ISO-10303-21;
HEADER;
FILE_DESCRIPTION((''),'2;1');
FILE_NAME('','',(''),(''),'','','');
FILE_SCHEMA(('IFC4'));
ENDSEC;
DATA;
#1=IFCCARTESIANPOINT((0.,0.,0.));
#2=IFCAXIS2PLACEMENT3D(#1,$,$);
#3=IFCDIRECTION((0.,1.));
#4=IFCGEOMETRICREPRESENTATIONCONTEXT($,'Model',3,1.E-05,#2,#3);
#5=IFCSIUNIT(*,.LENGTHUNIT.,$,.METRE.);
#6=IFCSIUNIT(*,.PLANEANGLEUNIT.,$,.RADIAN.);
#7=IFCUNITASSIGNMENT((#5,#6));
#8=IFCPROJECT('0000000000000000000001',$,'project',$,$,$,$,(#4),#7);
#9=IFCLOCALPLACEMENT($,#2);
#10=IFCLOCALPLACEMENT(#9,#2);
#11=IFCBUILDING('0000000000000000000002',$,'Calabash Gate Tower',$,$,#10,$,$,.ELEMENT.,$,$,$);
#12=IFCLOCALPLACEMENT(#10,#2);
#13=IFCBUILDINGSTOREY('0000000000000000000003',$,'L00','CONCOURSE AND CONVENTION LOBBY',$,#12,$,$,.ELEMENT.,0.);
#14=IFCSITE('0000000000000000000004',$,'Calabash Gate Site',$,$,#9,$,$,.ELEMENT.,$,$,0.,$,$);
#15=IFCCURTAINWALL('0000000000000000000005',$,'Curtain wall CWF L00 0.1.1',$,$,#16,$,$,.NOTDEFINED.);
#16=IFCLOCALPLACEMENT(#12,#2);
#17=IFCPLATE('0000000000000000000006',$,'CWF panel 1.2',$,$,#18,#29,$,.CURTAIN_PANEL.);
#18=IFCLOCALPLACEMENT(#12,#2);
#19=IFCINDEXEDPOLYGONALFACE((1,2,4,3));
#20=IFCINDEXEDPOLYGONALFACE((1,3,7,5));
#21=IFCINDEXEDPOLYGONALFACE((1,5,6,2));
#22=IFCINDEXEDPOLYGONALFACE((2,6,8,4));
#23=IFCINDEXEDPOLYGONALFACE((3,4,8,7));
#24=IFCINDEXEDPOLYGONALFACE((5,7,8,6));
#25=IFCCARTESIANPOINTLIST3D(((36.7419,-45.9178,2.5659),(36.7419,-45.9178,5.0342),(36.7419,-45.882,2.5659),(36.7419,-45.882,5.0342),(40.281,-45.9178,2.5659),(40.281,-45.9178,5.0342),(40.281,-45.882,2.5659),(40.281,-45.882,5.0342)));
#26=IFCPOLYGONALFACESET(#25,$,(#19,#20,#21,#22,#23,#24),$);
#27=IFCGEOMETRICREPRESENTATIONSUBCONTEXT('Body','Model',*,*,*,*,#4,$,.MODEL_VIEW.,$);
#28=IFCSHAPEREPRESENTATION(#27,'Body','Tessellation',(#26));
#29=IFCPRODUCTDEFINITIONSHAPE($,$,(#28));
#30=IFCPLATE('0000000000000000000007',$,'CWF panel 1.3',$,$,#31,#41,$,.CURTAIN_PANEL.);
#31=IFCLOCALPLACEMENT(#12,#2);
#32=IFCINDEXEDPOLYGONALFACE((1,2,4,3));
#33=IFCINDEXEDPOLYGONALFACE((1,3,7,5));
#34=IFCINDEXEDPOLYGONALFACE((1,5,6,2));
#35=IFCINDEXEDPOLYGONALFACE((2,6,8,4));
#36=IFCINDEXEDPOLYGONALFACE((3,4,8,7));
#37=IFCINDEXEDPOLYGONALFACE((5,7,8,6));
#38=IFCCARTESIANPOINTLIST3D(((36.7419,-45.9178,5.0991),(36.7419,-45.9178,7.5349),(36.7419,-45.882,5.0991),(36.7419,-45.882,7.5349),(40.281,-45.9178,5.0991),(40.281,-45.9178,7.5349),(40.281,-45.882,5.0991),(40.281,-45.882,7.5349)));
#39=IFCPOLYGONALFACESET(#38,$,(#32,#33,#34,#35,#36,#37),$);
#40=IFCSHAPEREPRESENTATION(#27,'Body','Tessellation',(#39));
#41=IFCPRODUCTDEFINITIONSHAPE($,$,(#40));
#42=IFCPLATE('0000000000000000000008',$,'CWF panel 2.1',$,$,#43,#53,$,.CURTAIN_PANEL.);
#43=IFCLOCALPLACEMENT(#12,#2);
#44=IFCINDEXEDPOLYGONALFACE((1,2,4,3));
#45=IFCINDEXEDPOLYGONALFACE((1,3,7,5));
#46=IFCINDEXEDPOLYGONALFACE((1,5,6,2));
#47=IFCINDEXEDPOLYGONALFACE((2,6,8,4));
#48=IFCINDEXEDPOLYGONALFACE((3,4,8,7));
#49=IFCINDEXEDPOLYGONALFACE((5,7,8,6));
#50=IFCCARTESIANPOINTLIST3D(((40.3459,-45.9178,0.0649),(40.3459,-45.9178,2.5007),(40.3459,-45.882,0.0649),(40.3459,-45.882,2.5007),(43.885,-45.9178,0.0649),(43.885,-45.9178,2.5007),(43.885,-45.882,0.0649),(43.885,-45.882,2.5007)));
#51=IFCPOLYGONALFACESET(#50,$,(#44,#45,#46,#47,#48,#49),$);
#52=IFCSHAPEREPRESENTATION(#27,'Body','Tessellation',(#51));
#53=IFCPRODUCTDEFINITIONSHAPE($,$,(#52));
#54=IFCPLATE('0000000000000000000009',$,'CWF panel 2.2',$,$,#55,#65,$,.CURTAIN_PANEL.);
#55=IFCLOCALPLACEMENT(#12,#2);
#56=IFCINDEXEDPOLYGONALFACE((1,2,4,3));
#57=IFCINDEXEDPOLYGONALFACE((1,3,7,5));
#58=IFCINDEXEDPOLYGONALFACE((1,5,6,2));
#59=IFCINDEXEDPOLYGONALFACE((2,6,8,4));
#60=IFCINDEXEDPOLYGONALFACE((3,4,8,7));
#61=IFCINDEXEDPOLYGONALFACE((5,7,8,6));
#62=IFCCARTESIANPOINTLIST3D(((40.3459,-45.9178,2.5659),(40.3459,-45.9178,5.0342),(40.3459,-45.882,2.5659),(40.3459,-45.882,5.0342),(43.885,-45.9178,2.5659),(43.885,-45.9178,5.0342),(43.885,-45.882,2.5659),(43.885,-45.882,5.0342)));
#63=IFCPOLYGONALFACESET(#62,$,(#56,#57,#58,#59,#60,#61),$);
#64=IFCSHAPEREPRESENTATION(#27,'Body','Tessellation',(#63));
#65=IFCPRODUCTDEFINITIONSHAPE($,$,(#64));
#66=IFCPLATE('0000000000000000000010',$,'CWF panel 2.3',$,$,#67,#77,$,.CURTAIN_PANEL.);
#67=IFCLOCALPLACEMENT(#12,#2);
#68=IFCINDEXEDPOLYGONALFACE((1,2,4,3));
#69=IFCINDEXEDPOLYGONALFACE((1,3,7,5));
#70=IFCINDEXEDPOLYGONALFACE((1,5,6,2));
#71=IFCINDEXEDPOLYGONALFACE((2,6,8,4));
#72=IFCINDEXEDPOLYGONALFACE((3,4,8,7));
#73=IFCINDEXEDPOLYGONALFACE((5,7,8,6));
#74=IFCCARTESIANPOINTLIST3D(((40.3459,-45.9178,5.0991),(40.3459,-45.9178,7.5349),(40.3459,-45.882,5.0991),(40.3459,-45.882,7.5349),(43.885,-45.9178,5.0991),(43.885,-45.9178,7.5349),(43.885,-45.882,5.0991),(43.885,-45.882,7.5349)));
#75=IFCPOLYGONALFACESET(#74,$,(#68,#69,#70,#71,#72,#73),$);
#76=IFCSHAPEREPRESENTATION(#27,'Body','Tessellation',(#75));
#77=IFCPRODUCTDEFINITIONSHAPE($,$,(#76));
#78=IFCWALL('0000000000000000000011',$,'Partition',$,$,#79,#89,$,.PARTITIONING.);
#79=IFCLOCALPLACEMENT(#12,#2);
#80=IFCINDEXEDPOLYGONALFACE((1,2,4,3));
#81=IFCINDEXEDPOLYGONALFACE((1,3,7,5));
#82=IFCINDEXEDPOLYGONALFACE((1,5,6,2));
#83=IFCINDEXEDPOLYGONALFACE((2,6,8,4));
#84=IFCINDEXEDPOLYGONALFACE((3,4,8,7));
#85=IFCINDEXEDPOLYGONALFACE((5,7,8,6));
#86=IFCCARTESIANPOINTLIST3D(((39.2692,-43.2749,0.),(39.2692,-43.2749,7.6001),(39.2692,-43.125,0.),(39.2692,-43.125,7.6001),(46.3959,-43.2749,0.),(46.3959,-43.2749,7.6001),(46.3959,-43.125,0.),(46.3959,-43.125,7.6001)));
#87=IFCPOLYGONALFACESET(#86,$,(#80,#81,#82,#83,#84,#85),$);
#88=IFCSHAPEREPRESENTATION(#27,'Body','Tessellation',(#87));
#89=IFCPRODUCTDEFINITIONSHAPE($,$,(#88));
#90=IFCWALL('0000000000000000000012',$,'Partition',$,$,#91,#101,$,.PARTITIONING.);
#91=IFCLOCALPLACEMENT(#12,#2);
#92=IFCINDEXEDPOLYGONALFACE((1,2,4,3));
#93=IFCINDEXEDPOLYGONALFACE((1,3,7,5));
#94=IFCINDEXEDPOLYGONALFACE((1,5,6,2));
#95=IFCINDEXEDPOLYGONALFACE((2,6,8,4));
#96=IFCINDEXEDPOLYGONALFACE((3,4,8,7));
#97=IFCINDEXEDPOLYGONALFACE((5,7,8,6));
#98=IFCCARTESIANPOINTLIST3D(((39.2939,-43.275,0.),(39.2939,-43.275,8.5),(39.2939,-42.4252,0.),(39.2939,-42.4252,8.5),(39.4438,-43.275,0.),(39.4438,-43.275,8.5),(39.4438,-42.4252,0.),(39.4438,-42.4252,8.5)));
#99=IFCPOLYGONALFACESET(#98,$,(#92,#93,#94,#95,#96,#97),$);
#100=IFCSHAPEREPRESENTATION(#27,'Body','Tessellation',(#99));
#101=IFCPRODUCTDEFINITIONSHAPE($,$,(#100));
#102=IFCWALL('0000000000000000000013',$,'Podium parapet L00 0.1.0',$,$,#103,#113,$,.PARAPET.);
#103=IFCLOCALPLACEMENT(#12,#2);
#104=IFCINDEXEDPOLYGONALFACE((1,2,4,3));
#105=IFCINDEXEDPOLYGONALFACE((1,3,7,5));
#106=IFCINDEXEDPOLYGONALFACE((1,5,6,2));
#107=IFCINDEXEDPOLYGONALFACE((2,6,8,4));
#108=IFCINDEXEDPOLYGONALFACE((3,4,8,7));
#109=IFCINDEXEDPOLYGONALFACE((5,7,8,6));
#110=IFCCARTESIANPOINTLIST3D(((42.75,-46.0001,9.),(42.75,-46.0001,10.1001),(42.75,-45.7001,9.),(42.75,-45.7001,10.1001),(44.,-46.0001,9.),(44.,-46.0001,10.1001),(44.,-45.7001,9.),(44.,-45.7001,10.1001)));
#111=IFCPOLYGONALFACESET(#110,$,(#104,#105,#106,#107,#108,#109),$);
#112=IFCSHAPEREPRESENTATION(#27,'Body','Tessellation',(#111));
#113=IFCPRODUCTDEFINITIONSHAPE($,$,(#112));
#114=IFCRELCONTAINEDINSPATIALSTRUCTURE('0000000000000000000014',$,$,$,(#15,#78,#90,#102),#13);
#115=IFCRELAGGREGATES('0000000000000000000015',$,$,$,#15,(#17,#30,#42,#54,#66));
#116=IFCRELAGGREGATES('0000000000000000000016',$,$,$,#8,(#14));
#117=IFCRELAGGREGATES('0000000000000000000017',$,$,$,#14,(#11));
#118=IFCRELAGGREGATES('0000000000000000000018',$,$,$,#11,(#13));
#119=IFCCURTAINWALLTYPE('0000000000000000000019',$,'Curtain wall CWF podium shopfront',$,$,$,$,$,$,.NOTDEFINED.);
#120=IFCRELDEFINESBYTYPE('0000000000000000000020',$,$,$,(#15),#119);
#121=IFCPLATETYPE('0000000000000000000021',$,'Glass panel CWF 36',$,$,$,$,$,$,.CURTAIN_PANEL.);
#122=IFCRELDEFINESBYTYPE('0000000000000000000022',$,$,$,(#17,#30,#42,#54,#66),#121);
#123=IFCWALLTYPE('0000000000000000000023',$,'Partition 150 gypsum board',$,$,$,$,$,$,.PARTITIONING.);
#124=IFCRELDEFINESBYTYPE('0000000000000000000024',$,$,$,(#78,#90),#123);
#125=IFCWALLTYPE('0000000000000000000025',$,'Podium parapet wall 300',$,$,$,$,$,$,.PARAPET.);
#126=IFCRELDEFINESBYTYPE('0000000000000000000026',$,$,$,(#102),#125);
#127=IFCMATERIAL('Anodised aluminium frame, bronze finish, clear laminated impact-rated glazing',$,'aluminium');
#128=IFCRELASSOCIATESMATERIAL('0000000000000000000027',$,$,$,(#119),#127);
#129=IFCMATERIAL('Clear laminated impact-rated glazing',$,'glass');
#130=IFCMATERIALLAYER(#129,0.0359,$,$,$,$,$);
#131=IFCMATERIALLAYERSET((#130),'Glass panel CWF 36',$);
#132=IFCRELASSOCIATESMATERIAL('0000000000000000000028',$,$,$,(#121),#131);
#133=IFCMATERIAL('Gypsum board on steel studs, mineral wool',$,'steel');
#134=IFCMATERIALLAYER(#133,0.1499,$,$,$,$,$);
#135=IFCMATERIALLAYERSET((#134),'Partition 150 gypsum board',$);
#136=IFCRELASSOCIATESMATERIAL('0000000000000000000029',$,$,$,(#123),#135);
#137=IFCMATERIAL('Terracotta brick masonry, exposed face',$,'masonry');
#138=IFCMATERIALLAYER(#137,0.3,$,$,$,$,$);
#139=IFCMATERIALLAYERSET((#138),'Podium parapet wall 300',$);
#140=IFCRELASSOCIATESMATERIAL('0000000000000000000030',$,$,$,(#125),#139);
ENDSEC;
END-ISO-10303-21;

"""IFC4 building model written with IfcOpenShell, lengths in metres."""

from ifc_helpers import new_model, si_unit, direction, frame, frame_2d, origin, origin_2d, place, context, subcontext, project, spatial, rectangle, extrude, material, layer, layer_set, type_object, element, aggregate, save


model = new_model("IFC4")

# Units and contexts
model_context = context("Model", 3, precision=1e-05, world=origin(), true_north=direction((0.0, 1.0)))
body_context = subcontext(model_context, "Body", "Model", "MODEL_VIEW")
ifc_project = project(units=[si_unit("LENGTHUNIT", "METRE"), si_unit("PLANEANGLEUNIT", "RADIAN")], contexts=[model_context])

# Site, building, storey
site_placement = place(None, origin())
site = spatial("IfcSite", under=ifc_project, at=site_placement, Name="Calabash Gate Site", CompositionType="ELEMENT", RefElevation=0.0)
building_placement = place(site_placement, origin())
building = spatial("IfcBuilding", under=site, at=building_placement, Name="Calabash Gate Tower", CompositionType="ELEMENT")
storey_placement = place(building_placement, origin())
storey = spatial("IfcBuildingStorey", under=building, at=storey_placement, Name="L00", Description="CONCOURSE AND CONVENTION LOBBY", CompositionType="ELEMENT", Elevation=0.0)

# Curtain wall
ifc_material_1 = material(Name="Anodised aluminium frame, bronze finish, clear laminated impact-rated glazing", Category="aluminium")
curtain_wall_type = type_object("IfcCurtainWallType", Name="Curtain wall CWF podium shopfront", PredefinedType="NOTDEFINED", material=ifc_material_1)
curtain_wall_placement = place(storey_placement, origin())
curtain_wall = element("IfcCurtainWall", 1, at=curtain_wall_placement, inside=storey, type_object=curtain_wall_type, Name="Curtain wall CWF L00 0.1.1", PredefinedType="NOTDEFINED")

# Plates
ifc_material_2 = material(Name="Clear laminated impact-rated glazing", Category="glass")
ifc_layer_1 = layer(ifc_material_2, 0.0359)
ifc_layer_set_1 = layer_set([ifc_layer_1], Name="Glass panel CWF 36")
plate_type = type_object("IfcPlateType", Name="Glass panel CWF 36", PredefinedType="CURTAIN_PANEL", material=ifc_layer_set_1)
plate_1_placement = place(storey_placement, frame((38.5115, -45.8999, 2.5659), z_axis=(0.0, 0.0, 1.0), x_axis=(1.0, 0.0, 0.0)))
plate_1 = element("IfcPlate", 2, at=plate_1_placement, type_object=plate_type, Name="CWF panel 1.2", PredefinedType="CURTAIN_PANEL", context=body_context, shape_type="SweptSolid", body=[
    extrude(rectangle(XDim=3.5391, YDim=0.0359, at=origin_2d()), origin(), (0.0, 0.0, 1.0), 2.4683),
])
plate_2_placement = place(storey_placement, frame((38.5115, -45.8999, 5.0991), z_axis=(0.0, 0.0, 1.0), x_axis=(1.0, 0.0, 0.0)))
plate_2 = element("IfcPlate", 3, at=plate_2_placement, type_object=plate_type, Name="CWF panel 1.3", PredefinedType="CURTAIN_PANEL", context=body_context, shape_type="SweptSolid", body=[
    extrude(rectangle(XDim=3.5391, YDim=0.0359, at=origin_2d()), origin(), (0.0, 0.0, 1.0), 2.4358),
])
plate_3_placement = place(storey_placement, frame((42.1155, -45.8999, 0.0649), z_axis=(0.0, 0.0, 1.0), x_axis=(1.0, 0.0, 0.0)))
plate_3 = element("IfcPlate", 4, at=plate_3_placement, type_object=plate_type, Name="CWF panel 2.1", PredefinedType="CURTAIN_PANEL", context=body_context, shape_type="SweptSolid", body=[
    extrude(rectangle(XDim=3.5391, YDim=0.0359, at=origin_2d()), origin(), (0.0, 0.0, 1.0), 2.4358),
])
plate_4_placement = place(storey_placement, frame((42.1155, -45.8999, 2.5659), z_axis=(0.0, 0.0, 1.0), x_axis=(1.0, 0.0, 0.0)))
plate_4 = element("IfcPlate", 5, at=plate_4_placement, type_object=plate_type, Name="CWF panel 2.2", PredefinedType="CURTAIN_PANEL", context=body_context, shape_type="SweptSolid", body=[
    extrude(rectangle(XDim=3.5391, YDim=0.0359, at=origin_2d()), origin(), (0.0, 0.0, 1.0), 2.4683),
])
plate_5_placement = place(storey_placement, frame((42.1155, -45.8999, 5.0991), z_axis=(0.0, 0.0, 1.0), x_axis=(1.0, 0.0, 0.0)))
plate_5 = element("IfcPlate", 6, at=plate_5_placement, type_object=plate_type, Name="CWF panel 2.3", PredefinedType="CURTAIN_PANEL", context=body_context, shape_type="SweptSolid", body=[
    extrude(rectangle(XDim=3.5391, YDim=0.0359, at=origin_2d()), origin(), (0.0, 0.0, 1.0), 2.4358),
])
aggregate(curtain_wall, [plate_1, plate_2, plate_3, plate_4, plate_5])

# Walls
ifc_material_3 = material(Name="Gypsum board on steel studs, mineral wool", Category="steel")
ifc_layer_2 = layer(ifc_material_3, 0.1499)
ifc_layer_set_2 = layer_set([ifc_layer_2], Name="Partition 150 gypsum board")
wall_type_1 = type_object("IfcWallType", Name="Partition 150 gypsum board", PredefinedType="PARTITIONING", material=ifc_layer_set_2)
wall_1_placement = place(storey_placement, frame((39.269, -43.2, 0.0), z_axis=(0.0, 0.0, 1.0), x_axis=(1.0, 0.0, 0.0)))
element("IfcWall", 7, at=wall_1_placement, inside=storey, type_object=wall_type_1, Name="Partition", PredefinedType="PARTITIONING", context=body_context, shape_type="SweptSolid", body=[
    extrude(rectangle(XDim=7.1267, YDim=0.1499, at=frame_2d((3.5635, 0.0))), origin(), (0.0, 0.0, 1.0), 7.6001),
])
wall_2_placement = place(storey_placement, frame((39.3689, -43.2749, 0.0), z_axis=(0.0, 0.0, 1.0), x_axis=(0.0, 1.0, 0.0)))
element("IfcWall", 8, at=wall_2_placement, inside=storey, type_object=wall_type_1, Name="Partition", PredefinedType="PARTITIONING", context=body_context, shape_type="SweptSolid", body=[
    extrude(rectangle(XDim=0.8499, YDim=0.1499, at=frame_2d((0.4248, 0.0))), origin(), (0.0, 0.0, 1.0), 8.5),
])
ifc_material_4 = material(Name="Terracotta brick masonry, exposed face", Category="masonry")
ifc_layer_3 = layer(ifc_material_4, 0.3)
ifc_layer_set_3 = layer_set([ifc_layer_3], Name="Podium parapet wall 300")
wall_type_2 = type_object("IfcWallType", Name="Podium parapet wall 300", PredefinedType="PARAPET", material=ifc_layer_set_3)
wall_3_placement = place(storey_placement, frame((42.75, -45.8501, 9.0), z_axis=(0.0, 0.0, 1.0), x_axis=(1.0, 0.0, 0.0)))
element("IfcWall", 9, at=wall_3_placement, inside=storey, type_object=wall_type_2, Name="Podium parapet L00 0.1.0", PredefinedType="PARAPET", context=body_context, shape_type="SweptSolid", body=[
    extrude(rectangle(XDim=1.25, YDim=0.3, at=frame_2d((0.625, 0.0))), origin(), (0.0, 0.0, 1.0), 1.1001),
])

save(model, "model.ifc")
